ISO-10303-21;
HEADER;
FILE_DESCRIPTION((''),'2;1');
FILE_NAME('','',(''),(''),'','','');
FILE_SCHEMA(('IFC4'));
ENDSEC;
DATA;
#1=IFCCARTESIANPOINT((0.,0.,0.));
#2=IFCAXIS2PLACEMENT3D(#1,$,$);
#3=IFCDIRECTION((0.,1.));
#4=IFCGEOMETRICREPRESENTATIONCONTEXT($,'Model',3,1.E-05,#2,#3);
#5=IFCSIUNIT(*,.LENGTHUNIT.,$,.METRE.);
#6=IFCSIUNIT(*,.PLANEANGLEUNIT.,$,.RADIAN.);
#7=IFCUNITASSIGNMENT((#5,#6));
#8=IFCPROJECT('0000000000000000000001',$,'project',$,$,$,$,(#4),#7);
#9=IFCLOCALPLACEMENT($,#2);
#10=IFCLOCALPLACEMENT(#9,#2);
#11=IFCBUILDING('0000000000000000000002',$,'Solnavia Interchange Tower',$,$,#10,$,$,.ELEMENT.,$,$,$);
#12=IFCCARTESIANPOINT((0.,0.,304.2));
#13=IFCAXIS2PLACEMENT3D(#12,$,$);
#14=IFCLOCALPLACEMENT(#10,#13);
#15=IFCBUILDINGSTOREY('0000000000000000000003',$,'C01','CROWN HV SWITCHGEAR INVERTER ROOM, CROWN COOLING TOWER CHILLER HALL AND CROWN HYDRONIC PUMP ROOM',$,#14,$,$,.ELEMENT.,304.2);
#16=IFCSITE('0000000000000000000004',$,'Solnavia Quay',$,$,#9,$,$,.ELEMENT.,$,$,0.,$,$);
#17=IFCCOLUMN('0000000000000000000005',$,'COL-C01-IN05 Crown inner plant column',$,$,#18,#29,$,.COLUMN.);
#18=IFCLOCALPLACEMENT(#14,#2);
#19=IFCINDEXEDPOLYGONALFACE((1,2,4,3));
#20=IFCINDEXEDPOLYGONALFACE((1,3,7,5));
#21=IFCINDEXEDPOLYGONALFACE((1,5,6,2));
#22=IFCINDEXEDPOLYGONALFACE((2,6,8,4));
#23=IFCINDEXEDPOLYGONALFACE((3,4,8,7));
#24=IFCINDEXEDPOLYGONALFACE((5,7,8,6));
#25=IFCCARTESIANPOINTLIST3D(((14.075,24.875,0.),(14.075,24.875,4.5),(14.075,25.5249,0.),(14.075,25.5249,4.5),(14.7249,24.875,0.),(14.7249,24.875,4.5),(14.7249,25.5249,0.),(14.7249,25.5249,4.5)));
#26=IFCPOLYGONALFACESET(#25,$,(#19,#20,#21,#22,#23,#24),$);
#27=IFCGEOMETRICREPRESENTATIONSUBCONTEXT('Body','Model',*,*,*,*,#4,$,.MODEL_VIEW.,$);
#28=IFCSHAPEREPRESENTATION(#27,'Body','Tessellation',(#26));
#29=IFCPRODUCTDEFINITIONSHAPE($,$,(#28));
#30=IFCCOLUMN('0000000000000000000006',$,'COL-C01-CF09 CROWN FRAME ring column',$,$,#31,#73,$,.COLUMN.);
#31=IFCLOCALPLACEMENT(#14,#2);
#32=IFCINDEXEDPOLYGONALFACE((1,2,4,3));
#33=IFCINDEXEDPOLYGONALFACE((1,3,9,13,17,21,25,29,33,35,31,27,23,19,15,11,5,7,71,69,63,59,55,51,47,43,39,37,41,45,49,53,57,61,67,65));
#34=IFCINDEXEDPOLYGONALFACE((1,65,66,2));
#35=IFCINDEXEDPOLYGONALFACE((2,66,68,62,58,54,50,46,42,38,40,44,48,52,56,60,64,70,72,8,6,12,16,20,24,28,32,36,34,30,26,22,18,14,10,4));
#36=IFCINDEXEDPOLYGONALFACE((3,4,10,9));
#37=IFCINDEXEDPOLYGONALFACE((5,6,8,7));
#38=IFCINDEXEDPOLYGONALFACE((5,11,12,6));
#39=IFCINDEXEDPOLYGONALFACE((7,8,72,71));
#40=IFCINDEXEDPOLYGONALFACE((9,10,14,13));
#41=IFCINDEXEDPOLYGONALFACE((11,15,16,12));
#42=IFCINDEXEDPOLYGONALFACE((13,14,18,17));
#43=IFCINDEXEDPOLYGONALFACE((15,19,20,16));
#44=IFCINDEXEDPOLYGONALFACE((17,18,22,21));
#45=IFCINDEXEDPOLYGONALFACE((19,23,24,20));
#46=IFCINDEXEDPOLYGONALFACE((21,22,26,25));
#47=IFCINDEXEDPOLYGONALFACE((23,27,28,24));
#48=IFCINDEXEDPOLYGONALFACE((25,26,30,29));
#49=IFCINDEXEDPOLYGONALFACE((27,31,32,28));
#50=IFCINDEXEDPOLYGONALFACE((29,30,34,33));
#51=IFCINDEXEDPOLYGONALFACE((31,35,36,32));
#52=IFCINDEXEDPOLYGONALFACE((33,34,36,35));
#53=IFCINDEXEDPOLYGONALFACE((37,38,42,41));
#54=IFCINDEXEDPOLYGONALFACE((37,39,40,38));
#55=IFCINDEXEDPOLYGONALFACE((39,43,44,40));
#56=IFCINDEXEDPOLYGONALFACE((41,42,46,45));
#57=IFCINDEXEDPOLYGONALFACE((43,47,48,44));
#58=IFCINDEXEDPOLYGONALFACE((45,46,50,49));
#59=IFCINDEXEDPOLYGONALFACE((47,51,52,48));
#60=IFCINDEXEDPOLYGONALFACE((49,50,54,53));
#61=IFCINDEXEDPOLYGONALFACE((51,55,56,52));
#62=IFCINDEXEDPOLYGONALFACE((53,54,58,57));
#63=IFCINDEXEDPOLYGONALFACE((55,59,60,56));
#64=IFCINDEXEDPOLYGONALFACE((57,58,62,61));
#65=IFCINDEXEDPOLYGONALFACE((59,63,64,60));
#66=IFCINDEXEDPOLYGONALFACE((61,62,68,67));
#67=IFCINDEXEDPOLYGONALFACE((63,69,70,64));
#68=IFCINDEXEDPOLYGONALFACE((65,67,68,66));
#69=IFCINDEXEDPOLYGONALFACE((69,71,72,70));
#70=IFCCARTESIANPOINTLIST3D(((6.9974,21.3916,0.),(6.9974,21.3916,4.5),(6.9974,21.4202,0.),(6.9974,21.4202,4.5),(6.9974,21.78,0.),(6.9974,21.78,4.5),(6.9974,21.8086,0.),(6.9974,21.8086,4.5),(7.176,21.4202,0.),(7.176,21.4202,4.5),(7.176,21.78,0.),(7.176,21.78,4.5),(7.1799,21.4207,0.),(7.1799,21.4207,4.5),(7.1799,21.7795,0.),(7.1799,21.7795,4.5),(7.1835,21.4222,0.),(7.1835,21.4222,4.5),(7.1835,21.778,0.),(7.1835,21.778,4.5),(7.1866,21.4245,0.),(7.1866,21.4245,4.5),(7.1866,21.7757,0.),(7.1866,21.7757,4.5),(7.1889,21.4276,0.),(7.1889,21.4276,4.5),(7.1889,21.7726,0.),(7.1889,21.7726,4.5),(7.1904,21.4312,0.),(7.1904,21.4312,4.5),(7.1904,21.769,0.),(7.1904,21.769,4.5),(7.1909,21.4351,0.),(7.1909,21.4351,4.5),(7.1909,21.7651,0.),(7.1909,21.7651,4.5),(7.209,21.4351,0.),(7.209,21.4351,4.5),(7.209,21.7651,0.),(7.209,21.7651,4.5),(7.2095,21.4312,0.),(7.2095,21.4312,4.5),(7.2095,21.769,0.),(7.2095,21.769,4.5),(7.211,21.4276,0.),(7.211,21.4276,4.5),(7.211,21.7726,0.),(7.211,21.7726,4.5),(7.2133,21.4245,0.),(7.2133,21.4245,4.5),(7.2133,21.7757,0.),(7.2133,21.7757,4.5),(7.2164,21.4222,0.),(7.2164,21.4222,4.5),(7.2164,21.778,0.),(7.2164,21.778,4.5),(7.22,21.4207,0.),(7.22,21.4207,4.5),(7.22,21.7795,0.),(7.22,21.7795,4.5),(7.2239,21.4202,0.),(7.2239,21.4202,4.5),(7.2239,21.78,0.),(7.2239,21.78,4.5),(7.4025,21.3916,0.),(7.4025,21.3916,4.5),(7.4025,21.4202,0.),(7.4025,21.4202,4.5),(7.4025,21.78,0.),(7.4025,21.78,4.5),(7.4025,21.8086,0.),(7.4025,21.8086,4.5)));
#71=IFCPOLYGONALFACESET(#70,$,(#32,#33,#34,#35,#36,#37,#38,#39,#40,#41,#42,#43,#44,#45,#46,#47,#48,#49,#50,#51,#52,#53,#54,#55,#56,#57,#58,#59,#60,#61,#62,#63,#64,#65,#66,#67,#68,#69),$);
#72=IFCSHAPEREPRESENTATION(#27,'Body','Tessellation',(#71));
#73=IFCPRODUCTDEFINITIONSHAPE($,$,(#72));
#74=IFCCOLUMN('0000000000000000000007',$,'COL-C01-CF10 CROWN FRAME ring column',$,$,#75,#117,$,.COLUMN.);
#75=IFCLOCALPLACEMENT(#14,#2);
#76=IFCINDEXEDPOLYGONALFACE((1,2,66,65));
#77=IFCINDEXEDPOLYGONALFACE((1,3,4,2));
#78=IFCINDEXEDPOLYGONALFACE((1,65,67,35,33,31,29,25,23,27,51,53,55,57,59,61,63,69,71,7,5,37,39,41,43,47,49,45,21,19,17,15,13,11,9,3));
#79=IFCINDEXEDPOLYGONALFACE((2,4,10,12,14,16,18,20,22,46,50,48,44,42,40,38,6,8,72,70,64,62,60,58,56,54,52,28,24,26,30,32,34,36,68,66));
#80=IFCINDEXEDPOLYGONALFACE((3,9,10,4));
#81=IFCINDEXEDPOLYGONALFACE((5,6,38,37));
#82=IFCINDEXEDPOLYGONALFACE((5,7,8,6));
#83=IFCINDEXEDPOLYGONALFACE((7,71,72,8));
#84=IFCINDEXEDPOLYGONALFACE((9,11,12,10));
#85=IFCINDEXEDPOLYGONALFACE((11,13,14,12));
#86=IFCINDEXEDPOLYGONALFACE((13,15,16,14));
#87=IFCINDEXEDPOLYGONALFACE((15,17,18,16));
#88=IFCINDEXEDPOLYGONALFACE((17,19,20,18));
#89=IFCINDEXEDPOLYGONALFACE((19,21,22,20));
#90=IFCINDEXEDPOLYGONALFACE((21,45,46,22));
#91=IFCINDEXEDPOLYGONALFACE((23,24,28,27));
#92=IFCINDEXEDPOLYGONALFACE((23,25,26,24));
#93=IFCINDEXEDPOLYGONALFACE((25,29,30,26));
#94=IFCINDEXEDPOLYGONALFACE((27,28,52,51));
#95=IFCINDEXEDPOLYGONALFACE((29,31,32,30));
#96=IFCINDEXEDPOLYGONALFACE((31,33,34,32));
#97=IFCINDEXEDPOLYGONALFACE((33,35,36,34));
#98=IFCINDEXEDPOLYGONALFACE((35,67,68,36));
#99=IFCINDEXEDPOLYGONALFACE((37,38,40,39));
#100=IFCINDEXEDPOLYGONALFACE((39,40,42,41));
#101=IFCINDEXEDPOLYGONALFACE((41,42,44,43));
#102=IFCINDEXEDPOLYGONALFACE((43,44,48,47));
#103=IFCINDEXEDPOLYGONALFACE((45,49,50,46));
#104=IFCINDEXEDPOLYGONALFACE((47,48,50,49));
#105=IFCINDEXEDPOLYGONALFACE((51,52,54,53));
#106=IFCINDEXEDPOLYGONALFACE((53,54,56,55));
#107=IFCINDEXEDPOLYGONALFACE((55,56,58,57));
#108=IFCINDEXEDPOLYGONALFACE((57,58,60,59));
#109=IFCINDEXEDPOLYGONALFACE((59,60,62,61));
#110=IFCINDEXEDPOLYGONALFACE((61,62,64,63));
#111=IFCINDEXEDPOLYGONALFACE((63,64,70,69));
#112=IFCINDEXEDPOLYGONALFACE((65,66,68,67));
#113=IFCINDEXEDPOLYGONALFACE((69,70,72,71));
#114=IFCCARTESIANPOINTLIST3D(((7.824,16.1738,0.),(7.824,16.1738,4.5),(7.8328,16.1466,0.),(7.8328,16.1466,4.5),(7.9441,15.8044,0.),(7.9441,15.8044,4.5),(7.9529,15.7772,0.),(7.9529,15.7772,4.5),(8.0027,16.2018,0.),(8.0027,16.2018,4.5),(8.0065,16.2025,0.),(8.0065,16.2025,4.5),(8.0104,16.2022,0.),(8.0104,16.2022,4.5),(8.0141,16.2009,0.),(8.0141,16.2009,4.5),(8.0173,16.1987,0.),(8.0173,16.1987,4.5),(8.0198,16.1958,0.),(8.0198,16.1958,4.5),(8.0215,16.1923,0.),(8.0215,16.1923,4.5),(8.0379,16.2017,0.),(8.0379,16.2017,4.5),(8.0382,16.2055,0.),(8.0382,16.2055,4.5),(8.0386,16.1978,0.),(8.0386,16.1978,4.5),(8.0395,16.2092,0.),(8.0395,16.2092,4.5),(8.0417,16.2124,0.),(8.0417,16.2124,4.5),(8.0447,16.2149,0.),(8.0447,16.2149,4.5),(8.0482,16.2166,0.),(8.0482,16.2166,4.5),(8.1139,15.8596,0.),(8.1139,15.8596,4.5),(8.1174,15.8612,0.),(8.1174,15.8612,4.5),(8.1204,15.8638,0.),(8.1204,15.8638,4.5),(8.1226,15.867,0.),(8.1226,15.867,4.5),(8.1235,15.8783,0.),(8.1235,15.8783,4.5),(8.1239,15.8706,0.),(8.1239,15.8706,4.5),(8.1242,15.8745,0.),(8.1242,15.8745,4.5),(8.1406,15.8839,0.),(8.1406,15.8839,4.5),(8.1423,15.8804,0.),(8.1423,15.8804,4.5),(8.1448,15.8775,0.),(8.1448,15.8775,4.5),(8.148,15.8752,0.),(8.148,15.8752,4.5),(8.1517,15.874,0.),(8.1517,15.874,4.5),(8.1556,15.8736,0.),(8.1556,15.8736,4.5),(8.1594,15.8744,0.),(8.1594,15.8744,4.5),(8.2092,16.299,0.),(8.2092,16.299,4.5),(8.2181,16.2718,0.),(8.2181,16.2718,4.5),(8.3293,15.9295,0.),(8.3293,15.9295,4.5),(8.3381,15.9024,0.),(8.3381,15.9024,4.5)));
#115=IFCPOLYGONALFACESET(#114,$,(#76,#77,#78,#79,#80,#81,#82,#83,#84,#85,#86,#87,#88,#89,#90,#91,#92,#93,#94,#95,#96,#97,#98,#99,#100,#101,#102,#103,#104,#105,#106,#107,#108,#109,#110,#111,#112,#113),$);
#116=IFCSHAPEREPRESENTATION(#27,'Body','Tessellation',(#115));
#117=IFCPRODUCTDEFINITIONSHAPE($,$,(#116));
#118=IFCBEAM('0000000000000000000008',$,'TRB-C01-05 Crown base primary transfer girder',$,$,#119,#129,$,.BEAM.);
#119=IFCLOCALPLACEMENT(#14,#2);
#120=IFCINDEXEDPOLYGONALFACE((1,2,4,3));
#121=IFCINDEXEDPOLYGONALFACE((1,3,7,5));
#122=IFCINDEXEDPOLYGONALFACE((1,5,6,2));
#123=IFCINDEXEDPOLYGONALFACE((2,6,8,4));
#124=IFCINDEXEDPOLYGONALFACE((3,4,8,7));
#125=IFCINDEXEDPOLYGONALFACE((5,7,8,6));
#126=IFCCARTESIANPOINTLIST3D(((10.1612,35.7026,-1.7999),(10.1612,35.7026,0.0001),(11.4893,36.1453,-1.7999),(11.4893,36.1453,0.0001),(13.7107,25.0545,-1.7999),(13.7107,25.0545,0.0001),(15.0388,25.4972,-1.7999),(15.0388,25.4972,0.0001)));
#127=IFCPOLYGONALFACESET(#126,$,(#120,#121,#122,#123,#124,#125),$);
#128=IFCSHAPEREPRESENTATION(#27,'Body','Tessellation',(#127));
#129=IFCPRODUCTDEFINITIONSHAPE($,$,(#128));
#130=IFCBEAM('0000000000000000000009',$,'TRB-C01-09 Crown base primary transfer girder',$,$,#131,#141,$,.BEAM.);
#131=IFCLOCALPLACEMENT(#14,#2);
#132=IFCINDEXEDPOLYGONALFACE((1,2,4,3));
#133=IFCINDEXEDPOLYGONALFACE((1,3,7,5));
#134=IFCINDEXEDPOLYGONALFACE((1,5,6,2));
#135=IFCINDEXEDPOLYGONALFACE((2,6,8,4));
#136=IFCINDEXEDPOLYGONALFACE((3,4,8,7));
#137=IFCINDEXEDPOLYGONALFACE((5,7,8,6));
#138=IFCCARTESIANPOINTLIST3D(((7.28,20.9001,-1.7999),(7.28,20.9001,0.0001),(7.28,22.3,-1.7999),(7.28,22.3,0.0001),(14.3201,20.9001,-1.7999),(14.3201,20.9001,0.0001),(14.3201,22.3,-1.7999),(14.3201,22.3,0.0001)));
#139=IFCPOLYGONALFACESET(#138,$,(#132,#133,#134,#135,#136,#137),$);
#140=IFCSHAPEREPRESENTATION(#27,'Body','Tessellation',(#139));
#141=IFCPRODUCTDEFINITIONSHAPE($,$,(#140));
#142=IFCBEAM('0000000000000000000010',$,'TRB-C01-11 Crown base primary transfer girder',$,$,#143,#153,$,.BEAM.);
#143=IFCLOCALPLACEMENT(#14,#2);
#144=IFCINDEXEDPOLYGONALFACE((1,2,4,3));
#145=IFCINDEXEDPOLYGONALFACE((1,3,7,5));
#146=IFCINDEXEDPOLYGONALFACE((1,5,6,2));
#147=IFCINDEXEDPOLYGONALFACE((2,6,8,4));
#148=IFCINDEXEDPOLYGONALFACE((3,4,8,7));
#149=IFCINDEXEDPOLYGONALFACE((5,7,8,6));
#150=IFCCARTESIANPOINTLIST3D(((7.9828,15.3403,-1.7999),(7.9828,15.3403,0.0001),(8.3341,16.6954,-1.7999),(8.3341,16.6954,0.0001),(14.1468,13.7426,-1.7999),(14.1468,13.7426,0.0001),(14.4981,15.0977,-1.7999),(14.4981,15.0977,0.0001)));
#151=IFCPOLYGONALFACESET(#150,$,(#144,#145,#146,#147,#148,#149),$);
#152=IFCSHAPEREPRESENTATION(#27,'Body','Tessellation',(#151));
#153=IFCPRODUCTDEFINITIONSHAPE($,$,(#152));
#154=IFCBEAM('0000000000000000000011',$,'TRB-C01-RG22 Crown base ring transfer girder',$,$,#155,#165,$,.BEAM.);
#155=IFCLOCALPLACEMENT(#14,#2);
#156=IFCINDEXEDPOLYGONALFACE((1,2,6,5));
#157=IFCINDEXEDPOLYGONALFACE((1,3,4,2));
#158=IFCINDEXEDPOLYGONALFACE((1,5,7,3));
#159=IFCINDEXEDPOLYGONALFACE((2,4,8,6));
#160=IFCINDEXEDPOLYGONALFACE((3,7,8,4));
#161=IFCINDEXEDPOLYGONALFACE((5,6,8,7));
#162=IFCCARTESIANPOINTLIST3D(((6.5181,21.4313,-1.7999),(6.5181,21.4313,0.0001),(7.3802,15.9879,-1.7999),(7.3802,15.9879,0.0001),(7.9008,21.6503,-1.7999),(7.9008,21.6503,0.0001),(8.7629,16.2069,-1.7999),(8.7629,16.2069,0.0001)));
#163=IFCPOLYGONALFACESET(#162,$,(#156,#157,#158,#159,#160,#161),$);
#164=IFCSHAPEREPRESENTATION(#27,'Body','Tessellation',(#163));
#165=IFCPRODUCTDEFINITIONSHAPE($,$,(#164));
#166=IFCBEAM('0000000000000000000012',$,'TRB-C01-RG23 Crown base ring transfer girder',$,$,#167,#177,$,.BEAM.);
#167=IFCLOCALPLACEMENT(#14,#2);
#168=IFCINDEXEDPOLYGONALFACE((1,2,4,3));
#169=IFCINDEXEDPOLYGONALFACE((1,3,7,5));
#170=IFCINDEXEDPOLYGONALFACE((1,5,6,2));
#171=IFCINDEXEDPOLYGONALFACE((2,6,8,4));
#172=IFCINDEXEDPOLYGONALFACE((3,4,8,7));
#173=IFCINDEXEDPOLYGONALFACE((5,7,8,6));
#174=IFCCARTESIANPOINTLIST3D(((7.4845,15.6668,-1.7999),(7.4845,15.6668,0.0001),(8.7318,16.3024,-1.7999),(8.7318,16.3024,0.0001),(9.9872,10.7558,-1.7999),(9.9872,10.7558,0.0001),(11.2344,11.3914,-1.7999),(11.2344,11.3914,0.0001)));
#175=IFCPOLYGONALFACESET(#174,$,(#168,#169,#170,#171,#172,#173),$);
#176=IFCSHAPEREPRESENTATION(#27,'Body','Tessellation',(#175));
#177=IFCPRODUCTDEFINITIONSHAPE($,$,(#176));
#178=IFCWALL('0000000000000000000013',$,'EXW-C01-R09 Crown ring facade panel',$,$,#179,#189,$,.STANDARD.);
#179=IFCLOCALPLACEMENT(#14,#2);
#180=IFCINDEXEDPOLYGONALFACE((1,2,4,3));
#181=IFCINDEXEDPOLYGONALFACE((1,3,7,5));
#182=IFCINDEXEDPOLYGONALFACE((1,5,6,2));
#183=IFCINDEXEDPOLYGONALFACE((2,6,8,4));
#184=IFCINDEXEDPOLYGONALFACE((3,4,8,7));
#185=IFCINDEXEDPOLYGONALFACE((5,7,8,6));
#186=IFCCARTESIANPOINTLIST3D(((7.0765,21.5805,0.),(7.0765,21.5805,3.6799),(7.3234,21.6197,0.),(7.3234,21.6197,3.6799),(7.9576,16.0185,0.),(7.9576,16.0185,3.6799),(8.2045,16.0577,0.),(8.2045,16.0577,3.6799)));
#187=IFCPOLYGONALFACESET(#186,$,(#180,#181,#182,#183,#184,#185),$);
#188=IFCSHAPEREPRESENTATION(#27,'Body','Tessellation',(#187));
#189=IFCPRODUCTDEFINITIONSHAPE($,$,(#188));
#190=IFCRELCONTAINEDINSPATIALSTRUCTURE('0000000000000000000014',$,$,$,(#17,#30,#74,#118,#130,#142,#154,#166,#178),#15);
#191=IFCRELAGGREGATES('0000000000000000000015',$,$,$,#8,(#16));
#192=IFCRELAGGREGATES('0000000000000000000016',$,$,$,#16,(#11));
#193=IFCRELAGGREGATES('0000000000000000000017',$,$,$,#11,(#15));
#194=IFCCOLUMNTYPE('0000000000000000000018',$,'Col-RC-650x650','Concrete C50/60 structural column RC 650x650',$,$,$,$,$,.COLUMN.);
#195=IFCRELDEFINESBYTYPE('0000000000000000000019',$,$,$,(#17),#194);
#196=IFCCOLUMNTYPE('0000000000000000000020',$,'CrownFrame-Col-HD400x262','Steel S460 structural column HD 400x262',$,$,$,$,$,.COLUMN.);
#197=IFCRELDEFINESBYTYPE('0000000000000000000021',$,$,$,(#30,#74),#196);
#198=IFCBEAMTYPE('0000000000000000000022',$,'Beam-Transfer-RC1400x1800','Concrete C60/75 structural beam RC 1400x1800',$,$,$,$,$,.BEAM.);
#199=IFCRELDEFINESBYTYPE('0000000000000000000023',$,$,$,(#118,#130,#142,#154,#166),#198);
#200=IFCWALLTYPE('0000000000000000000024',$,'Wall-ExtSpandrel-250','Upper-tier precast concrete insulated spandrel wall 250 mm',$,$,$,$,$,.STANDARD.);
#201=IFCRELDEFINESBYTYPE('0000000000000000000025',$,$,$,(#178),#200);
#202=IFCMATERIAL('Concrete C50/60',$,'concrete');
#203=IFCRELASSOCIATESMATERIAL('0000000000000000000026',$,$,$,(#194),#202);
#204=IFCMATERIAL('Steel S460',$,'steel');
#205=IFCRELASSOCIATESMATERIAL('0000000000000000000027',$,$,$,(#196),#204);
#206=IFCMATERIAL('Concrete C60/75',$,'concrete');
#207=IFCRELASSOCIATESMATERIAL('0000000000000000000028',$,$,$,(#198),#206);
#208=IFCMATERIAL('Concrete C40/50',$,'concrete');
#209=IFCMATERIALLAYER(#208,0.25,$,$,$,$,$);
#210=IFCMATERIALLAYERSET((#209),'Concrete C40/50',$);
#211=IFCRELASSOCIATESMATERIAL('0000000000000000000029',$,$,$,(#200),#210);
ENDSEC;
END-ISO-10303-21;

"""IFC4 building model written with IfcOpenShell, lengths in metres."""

from ifc_helpers import new_model, si_unit, direction, frame, frame_2d, origin, origin_2d, place, context, subcontext, project, spatial, rectangle, i_section, extrude, material, layer, layer_set, material_profile, profile_set, type_object, element, save


model = new_model("IFC4")

# Units and contexts
model_context = context("Model", 3, precision=1e-05, world=origin(), true_north=direction((0.0, 1.0)))
body_context = subcontext(model_context, "Body", "Model", "MODEL_VIEW")
ifc_project = project(units=[si_unit("LENGTHUNIT", "METRE"), si_unit("PLANEANGLEUNIT", "RADIAN")], contexts=[model_context])

# Site, building, storey
site_placement = place(None, origin())
site = spatial("IfcSite", under=ifc_project, at=site_placement, Name="Solnavia Quay", CompositionType="ELEMENT", RefElevation=0.0)
building_placement = place(site_placement, origin())
building = spatial("IfcBuilding", under=site, at=building_placement, Name="Solnavia Interchange Tower", CompositionType="ELEMENT")
storey_placement = place(building_placement, frame((0.0, 0.0, 304.2)))
storey = spatial("IfcBuildingStorey", under=building, at=storey_placement, Name="C01", Description="CROWN HV SWITCHGEAR INVERTER ROOM, CROWN COOLING TOWER CHILLER HALL AND CROWN HYDRONIC PUMP ROOM", CompositionType="ELEMENT", Elevation=304.2)

# Columns
ifc_material_1 = material(Name="Concrete C50/60", Category="concrete")
ifc_material_profile_1 = material_profile(ifc_material_1, rectangle(XDim=0.6499, YDim=0.6499, at=origin_2d()), Name="RC 650x650")
ifc_profile_set_1 = profile_set([ifc_material_profile_1], Name="Concrete C50/60")
column_type_1 = type_object("IfcColumnType", Name="Col-RC-650x650", Description="Concrete C50/60 structural column RC 650x650", PredefinedType="COLUMN", material=ifc_profile_set_1)
column_placement = place(storey_placement, frame((14.3999, 25.2, 0.0), z_axis=(0.0, 0.0, 1.0), x_axis=(1.0, 0.0, 0.0)))
element("IfcColumn", 1, at=column_placement, inside=storey, type_object=column_type_1, Name="COL-C01-IN05 Crown inner plant column", PredefinedType="COLUMN", context=body_context, shape_type="SweptSolid", body=[
    extrude(rectangle(XDim=0.6499, YDim=0.6499, at=origin_2d()), origin(), (0.0, 0.0, 1.0), 4.5),
])
ifc_material_2 = material(Name="Steel S460", Category="steel")
ifc_material_profile_2 = material_profile(ifc_material_2, i_section(OverallWidth=0.405, OverallDepth=0.417, WebThickness=0.0181, FlangeThickness=0.0286, FilletRadius=0.0149, at=origin_2d()), Name="HD 400x262")
ifc_profile_set_2 = profile_set([ifc_material_profile_2], Name="Steel S460")
column_type_2 = type_object("IfcColumnType", Name="CrownFrame-Col-HD400x262", Description="Steel S460 structural column HD 400x262", PredefinedType="COLUMN", material=ifc_profile_set_2)
for number, where, z_axis, x_axis, name in (
    (2, (7.2, 21.6001, 0.0), (0.0, 0.0, 1.0), (-1.0, 0.0, 0.0), "COL-C01-CF09 CROWN FRAME ring column"),
    (3, (8.0811, 16.0381, 0.0), (0.0, 0.0, 1.0), (-0.951057, -0.309017, 0.0), "COL-C01-CF10 CROWN FRAME ring column"),
):
    element("IfcColumn", number, at=place(storey_placement, frame(where, z_axis=z_axis, x_axis=x_axis)), inside=storey, type_object=column_type_2, Name=name, PredefinedType="COLUMN", context=body_context, shape_type="SweptSolid", body=[
        extrude(i_section(OverallWidth=0.405, OverallDepth=0.417, WebThickness=0.0181, FlangeThickness=0.0286, FilletRadius=0.0149, at=origin_2d()), origin(), (0.0, 0.0, 1.0), 4.5),
    ])

# Beams
ifc_material_3 = material(Name="Concrete C60/75", Category="concrete")
ifc_material_profile_3 = material_profile(ifc_material_3, rectangle(XDim=1.3999, YDim=1.8, at=origin_2d()), Name="RC 1400x1800")
ifc_profile_set_3 = profile_set([ifc_material_profile_3], Name="Concrete C60/75")
beam_type = type_object("IfcBeamType", Name="Beam-Transfer-RC1400x1800", Description="Concrete C60/75 structural beam RC 1400x1800", PredefinedType="BEAM", material=ifc_profile_set_3)
beam_1_placement = place(storey_placement, frame((14.3748, 25.2759, -0.8999), z_axis=(-0.316241, 0.948679, 0.0), x_axis=(-0.948679, -0.316241, 0.0)))
element("IfcBeam", 4, at=beam_1_placement, inside=storey, type_object=beam_type, Name="TRB-C01-05 Crown base primary transfer girder", PredefinedType="BEAM", context=body_context, shape_type="SweptSolid", body=[
    extrude(rectangle(XDim=1.3999, YDim=1.8, at=origin_2d()), origin(), (0.0, 0.0, 1.0), 11.2241),
])
beam_2_placement = place(storey_placement, frame((7.28, 21.6001, -0.8999), z_axis=(1.0, 0.0, 0.0), x_axis=(0.0, 1.0, 0.0)))
element("IfcBeam", 5, at=beam_2_placement, inside=storey, type_object=beam_type, Name="TRB-C01-09 Crown base primary transfer girder", PredefinedType="BEAM", context=body_context, shape_type="SweptSolid", body=[
    extrude(rectangle(XDim=1.3999, YDim=1.8, at=origin_2d()), origin(), (0.0, 0.0, 1.0), 7.04),
])
beam_3_placement = place(storey_placement, frame((8.1584, 16.0178, -0.8999), z_axis=(0.968013, -0.250898, 0.0), x_axis=(0.250898, 0.968013, 0.0)))
element("IfcBeam", 6, at=beam_3_placement, inside=storey, type_object=beam_type, Name="TRB-C01-11 Crown base primary transfer girder", PredefinedType="BEAM", context=body_context, shape_type="SweptSolid", body=[
    extrude(rectangle(XDim=1.3999, YDim=1.8, at=origin_2d()), origin(), (0.0, 0.0, 1.0), 6.3677),
])
beam_4_placement = place(storey_placement, frame((7.2095, 21.5408, -0.8999), z_axis=(0.15642, -0.987691, 0.0), x_axis=(0.987691, 0.15642, 0.0)))
element("IfcBeam", 7, at=beam_4_placement, inside=storey, type_object=beam_type, Name="TRB-C01-RG22 Crown base ring transfer girder", PredefinedType="BEAM", context=body_context, shape_type="SweptSolid", body=[
    extrude(rectangle(XDim=1.3999, YDim=1.8, at=origin_2d()), origin(), (0.0, 0.0, 1.0), 5.5112),
])
beam_5_placement = place(storey_placement, frame((8.1082, 15.9846, -0.8999), z_axis=(0.454039, -0.890982, 0.0), x_axis=(0.890982, 0.454039, 0.0)))
element("IfcBeam", 8, at=beam_5_placement, inside=storey, type_object=beam_type, Name="TRB-C01-RG23 Crown base ring transfer girder", PredefinedType="BEAM", context=body_context, shape_type="SweptSolid", body=[
    extrude(rectangle(XDim=1.3999, YDim=1.8, at=origin_2d()), origin(), (0.0, 0.0, 1.0), 5.512),
])

# Wall
ifc_material_4 = material(Name="Concrete C40/50", Category="concrete")
ifc_layer_1 = layer(ifc_material_4, 0.25)
ifc_layer_set_1 = layer_set([ifc_layer_1], Name="Concrete C40/50")
wall_type_1 = type_object("IfcWallType", Name="Wall-ExtSpandrel-250", Description="Upper-tier precast concrete insulated spandrel wall 250 mm", PredefinedType="STANDARD", material=ifc_layer_set_1)
wall_1_placement = place(storey_placement, frame((7.2, 21.6001, 0.0), z_axis=(0.0, 0.0, 1.0), x_axis=(0.156463, -0.987684, 0.0)))
element("IfcWall", 9, at=wall_1_placement, inside=storey, type_object=wall_type_1, Name="EXW-C01-R09 Crown ring facade panel", PredefinedType="STANDARD", context=body_context, shape_type="SweptSolid", body=[
    extrude(rectangle(XDim=5.6313, YDim=0.25, at=frame_2d((2.8157, 0.0))), origin(), (0.0, 0.0, 1.0), 3.6799),
])

save(model, "model.ifc")
